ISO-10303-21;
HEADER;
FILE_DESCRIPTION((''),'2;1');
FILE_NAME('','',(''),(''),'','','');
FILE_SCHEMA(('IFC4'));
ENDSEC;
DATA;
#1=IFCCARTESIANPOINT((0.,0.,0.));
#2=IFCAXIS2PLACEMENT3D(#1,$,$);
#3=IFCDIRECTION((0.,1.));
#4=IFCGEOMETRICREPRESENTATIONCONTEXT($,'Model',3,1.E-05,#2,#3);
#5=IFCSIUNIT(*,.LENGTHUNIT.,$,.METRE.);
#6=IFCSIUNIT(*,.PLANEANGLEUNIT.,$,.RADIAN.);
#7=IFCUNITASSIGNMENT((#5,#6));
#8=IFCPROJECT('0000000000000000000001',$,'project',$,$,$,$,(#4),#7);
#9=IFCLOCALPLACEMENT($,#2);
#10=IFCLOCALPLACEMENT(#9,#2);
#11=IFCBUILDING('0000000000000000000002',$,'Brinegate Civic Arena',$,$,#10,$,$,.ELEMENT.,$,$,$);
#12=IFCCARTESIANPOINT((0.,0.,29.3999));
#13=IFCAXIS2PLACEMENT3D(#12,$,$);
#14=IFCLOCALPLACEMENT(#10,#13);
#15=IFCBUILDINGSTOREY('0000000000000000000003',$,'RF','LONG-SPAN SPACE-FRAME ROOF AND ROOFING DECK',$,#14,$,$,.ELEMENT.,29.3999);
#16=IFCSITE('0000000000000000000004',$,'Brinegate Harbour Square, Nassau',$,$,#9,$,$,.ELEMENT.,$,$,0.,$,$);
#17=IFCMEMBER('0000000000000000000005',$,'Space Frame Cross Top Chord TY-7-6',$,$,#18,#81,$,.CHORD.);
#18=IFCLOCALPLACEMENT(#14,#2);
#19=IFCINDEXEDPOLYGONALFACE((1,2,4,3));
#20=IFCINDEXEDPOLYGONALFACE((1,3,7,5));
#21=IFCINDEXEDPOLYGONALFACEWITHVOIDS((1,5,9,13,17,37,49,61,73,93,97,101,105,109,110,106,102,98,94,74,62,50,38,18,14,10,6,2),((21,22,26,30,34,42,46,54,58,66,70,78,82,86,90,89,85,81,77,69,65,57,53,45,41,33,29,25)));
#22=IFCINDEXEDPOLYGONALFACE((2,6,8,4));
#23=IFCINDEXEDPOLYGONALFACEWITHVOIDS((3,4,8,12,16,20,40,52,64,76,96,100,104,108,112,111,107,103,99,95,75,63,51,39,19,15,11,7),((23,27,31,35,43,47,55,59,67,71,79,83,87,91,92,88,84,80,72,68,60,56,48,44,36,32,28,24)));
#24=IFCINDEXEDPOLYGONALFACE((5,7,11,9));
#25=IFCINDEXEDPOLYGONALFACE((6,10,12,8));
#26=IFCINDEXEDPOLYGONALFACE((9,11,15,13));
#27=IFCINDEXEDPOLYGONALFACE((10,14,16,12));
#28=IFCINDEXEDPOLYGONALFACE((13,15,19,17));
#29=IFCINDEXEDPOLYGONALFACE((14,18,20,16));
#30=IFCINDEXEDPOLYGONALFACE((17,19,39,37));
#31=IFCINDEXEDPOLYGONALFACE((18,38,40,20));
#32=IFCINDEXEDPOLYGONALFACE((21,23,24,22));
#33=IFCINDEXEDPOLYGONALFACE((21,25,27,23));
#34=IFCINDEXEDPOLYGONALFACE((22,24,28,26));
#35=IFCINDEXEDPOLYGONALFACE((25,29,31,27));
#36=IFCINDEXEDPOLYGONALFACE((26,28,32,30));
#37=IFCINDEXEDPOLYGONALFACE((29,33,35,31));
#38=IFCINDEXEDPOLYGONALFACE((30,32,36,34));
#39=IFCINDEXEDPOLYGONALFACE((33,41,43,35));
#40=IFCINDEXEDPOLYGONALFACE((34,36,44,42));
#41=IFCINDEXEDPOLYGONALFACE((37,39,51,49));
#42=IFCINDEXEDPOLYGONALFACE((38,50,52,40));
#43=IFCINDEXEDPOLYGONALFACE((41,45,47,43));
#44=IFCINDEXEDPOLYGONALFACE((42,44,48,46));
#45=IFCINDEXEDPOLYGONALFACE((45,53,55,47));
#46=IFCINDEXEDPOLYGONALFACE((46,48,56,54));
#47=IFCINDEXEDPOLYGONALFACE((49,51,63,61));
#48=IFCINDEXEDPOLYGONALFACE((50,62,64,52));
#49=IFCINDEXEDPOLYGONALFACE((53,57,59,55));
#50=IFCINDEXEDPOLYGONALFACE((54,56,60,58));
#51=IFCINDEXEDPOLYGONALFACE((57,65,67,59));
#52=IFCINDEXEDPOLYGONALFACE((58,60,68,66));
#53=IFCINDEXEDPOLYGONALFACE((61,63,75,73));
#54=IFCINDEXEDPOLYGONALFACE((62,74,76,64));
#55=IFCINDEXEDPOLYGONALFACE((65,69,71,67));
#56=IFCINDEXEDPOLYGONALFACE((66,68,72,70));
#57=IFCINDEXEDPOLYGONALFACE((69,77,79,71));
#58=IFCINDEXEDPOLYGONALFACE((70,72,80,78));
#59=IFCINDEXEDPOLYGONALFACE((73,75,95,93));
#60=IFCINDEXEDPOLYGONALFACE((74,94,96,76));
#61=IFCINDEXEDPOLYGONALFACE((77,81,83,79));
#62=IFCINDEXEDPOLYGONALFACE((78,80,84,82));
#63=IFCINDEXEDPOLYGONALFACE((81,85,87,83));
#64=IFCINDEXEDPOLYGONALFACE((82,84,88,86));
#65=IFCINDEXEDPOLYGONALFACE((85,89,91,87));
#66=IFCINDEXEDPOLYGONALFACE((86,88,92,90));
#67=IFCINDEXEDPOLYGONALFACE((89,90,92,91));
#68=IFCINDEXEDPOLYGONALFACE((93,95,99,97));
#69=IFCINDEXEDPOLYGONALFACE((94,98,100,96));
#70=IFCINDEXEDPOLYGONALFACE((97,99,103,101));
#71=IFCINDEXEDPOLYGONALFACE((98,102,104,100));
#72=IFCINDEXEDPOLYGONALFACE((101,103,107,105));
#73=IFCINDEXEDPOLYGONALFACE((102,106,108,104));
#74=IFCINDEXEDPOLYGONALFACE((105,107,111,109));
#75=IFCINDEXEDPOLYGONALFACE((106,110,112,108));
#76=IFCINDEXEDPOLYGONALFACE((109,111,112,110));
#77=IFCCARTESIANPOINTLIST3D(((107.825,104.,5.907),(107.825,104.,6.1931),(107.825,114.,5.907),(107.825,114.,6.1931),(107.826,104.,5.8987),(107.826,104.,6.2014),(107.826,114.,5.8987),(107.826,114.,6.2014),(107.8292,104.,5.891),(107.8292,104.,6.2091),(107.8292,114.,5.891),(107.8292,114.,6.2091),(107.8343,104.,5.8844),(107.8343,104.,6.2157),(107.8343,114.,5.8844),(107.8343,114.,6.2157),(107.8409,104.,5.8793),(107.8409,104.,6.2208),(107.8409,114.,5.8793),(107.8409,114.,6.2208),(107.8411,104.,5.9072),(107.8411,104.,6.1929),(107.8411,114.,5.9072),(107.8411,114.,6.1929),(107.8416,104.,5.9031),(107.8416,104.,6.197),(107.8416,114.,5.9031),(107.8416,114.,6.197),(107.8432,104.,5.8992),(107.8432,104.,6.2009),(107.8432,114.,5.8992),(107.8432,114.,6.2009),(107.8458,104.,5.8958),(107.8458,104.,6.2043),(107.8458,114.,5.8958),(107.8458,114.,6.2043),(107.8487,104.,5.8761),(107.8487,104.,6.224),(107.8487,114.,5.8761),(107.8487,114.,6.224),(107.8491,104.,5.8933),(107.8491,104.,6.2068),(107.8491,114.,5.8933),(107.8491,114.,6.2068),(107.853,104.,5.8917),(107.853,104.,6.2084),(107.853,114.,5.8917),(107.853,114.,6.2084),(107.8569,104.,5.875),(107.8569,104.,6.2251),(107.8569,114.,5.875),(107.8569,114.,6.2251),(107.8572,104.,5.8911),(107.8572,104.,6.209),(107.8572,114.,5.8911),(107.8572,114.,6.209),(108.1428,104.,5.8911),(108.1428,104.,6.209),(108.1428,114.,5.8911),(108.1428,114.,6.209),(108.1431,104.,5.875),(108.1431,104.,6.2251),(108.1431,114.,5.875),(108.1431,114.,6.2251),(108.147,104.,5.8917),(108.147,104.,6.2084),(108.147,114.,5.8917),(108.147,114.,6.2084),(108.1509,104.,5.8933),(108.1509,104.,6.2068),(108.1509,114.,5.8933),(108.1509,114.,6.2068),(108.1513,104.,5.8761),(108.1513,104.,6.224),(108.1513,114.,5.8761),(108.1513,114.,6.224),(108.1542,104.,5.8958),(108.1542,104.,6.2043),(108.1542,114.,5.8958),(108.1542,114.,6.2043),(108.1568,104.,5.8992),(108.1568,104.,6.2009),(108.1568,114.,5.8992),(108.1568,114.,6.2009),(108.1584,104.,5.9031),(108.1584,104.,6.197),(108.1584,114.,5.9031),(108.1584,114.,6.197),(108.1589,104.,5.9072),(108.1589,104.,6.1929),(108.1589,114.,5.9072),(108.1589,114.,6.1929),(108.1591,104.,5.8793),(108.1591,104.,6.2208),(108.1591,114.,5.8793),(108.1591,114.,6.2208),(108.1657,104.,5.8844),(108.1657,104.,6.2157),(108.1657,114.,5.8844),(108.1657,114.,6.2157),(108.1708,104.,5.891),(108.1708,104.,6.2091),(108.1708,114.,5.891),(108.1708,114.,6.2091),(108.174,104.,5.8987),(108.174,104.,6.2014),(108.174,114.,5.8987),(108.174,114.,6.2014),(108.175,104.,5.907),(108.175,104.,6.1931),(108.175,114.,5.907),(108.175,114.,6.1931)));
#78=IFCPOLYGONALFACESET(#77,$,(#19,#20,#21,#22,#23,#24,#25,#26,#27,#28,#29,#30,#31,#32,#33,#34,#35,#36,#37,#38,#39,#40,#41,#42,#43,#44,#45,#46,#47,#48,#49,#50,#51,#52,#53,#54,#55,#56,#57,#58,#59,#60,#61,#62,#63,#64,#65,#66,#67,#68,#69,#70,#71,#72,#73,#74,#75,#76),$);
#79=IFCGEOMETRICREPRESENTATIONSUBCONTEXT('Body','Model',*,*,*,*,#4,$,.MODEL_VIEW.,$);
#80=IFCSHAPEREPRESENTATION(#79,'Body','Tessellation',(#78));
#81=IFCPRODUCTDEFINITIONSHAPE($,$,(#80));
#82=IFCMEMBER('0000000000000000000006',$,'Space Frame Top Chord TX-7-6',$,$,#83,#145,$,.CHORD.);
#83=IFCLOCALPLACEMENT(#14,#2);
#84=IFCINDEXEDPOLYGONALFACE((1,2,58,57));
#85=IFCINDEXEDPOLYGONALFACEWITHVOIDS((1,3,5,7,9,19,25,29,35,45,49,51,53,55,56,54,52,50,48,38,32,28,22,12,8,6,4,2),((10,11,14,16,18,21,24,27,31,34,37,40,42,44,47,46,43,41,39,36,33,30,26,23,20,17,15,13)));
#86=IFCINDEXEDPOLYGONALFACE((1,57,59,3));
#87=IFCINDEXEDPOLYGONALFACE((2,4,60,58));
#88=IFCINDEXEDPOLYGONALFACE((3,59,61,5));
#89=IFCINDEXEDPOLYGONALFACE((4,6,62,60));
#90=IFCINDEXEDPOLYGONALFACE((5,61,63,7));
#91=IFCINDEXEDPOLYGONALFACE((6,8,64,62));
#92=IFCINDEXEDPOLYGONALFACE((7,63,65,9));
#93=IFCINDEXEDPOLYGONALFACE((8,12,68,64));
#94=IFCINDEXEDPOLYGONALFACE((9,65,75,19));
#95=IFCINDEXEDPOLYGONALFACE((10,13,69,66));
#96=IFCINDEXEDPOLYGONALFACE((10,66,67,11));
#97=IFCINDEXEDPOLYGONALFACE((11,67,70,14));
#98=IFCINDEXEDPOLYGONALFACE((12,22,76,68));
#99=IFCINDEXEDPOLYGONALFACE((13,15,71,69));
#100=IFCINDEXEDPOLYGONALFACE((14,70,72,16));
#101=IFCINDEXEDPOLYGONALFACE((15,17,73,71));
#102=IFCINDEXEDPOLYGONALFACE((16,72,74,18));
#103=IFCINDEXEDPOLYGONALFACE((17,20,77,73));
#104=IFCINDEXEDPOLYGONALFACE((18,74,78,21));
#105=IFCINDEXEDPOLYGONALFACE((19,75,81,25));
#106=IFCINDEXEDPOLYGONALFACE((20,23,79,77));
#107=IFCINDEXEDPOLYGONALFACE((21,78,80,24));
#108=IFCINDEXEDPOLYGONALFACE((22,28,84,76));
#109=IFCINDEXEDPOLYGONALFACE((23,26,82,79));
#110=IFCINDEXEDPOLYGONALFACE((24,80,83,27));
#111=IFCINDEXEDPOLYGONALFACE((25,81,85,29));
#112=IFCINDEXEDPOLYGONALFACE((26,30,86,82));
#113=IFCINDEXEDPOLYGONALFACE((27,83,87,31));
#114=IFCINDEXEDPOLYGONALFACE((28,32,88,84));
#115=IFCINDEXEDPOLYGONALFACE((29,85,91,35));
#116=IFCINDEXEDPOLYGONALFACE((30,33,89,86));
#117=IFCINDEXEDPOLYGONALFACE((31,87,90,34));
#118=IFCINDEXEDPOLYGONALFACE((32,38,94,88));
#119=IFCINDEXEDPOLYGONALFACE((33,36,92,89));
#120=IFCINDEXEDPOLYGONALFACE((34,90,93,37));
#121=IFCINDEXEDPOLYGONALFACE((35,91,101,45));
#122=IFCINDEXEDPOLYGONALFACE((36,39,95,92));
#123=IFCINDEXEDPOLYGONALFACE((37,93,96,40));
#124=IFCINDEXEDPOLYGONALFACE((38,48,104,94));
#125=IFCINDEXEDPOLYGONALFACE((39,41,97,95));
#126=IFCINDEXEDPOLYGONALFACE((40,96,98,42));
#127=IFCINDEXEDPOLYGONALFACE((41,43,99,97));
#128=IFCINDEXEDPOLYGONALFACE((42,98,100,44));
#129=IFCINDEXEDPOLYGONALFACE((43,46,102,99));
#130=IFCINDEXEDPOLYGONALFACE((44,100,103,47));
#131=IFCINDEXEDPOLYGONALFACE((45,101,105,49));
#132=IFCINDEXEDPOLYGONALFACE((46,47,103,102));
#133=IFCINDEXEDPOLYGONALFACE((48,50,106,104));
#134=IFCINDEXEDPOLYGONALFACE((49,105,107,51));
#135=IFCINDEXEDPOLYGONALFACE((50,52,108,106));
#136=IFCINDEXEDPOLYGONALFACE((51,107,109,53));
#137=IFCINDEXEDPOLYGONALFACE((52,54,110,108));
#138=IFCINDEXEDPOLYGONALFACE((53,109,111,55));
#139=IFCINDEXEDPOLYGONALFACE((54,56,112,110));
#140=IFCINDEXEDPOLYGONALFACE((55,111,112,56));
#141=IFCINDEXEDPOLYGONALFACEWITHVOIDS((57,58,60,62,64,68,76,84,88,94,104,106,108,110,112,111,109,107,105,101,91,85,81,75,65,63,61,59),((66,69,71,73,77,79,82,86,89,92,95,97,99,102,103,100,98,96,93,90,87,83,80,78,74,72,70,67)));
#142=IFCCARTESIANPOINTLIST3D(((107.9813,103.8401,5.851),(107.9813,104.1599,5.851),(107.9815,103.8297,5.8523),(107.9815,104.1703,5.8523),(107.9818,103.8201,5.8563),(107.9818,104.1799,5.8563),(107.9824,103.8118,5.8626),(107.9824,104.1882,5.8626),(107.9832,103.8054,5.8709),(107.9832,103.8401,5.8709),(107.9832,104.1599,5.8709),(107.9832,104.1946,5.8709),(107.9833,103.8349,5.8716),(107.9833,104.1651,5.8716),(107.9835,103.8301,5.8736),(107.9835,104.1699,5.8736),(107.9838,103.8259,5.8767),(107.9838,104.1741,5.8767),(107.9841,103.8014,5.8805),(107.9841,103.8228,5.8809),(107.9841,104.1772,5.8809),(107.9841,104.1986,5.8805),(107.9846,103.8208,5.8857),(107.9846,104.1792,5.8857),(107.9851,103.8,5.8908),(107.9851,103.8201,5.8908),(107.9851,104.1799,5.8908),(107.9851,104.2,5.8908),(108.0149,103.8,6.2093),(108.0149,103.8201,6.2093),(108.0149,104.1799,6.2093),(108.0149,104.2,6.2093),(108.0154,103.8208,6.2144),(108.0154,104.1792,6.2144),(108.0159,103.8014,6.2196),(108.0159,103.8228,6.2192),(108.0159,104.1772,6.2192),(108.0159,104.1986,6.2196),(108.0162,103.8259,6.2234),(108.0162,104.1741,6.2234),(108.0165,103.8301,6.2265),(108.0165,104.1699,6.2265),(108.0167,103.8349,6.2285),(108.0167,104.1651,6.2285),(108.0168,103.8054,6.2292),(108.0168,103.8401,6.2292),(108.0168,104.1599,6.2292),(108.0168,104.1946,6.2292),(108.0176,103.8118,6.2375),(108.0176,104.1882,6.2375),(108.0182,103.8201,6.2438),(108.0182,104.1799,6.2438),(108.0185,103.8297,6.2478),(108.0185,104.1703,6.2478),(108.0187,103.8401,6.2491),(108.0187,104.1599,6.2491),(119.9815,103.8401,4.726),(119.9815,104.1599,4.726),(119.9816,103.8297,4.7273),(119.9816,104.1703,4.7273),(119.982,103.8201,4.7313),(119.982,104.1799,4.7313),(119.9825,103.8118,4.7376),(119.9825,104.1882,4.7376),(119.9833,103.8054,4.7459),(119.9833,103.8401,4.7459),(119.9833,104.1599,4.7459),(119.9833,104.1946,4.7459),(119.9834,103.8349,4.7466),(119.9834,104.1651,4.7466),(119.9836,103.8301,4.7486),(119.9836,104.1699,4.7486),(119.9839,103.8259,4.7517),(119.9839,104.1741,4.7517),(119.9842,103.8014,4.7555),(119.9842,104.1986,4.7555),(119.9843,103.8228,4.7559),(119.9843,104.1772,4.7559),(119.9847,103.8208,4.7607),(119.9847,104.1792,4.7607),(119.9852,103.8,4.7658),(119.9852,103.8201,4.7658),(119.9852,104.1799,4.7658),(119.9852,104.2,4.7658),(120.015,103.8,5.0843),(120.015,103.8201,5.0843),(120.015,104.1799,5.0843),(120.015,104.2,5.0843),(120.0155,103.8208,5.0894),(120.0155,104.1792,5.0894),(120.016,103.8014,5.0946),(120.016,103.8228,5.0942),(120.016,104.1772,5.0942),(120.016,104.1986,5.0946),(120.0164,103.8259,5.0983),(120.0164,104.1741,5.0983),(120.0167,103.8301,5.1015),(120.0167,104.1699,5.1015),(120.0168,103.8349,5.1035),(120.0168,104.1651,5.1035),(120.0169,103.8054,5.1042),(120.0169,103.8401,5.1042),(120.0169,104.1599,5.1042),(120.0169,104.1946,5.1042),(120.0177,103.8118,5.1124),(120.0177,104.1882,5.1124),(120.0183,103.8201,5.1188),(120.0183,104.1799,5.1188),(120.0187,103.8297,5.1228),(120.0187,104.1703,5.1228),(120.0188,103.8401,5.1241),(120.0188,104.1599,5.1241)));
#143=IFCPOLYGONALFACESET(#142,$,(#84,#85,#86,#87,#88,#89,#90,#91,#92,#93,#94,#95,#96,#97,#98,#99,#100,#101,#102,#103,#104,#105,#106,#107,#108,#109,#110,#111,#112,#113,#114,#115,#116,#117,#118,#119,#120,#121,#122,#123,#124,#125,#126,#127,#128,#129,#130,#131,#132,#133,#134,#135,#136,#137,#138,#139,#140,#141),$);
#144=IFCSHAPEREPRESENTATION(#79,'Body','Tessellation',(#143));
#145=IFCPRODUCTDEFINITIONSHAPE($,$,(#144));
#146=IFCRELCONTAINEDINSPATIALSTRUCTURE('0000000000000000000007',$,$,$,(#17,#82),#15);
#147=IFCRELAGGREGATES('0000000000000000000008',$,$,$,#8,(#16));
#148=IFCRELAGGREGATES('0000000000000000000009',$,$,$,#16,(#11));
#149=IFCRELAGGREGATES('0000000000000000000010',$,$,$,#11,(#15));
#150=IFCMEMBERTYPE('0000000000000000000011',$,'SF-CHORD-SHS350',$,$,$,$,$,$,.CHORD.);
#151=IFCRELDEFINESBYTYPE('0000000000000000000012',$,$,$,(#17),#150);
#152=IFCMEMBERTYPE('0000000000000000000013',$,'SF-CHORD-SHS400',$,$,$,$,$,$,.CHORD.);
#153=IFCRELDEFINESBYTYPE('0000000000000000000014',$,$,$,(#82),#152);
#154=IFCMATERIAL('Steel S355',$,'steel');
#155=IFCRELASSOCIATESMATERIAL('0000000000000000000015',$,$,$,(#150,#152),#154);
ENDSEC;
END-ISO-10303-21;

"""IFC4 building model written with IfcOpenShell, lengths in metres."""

from ifc_helpers import new_model, si_unit, direction, frame, origin, origin_2d, place, context, subcontext, project, spatial, hollow_rectangle, extrude, material, material_profile, profile_set, type_object, element, save


model = new_model("IFC4")

# Units and contexts
model_context = context("Model", 3, precision=1e-05, world=origin(), true_north=direction((0.0, 1.0)))
body_context = subcontext(model_context, "Body", "Model", "MODEL_VIEW")
ifc_project = project(units=[si_unit("LENGTHUNIT", "METRE"), si_unit("PLANEANGLEUNIT", "RADIAN")], contexts=[model_context])

# Site, building, storey
site_placement = place(None, origin())
site = spatial("IfcSite", under=ifc_project, at=site_placement, Name="Brinegate Harbour Square, Nassau", CompositionType="ELEMENT", RefElevation=0.0)
building_placement = place(site_placement, origin())
building = spatial("IfcBuilding", under=site, at=building_placement, Name="Brinegate Civic Arena", CompositionType="ELEMENT")
storey_placement = place(building_placement, frame((0.0, 0.0, 29.3999)))
storey = spatial("IfcBuildingStorey", under=building, at=storey_placement, Name="RF", Description="LONG-SPAN SPACE-FRAME ROOF AND ROOFING DECK", CompositionType="ELEMENT", Elevation=29.3999)

# Shared definitions
ifc_material_1 = material(Name="Steel S355", Category="steel")

# Members
ifc_material_profile_1 = material_profile(ifc_material_1, hollow_rectangle(XDim=0.3501, YDim=0.3501, WallThickness=0.0161, InnerFilletRadius=0.0161, OuterFilletRadius=0.032, at=origin_2d()), Name="SHS350X16")
ifc_profile_set_1 = profile_set([ifc_material_profile_1], Name="Steel S355")
member_type_1 = type_object("IfcMemberType", Name="SF-CHORD-SHS350", PredefinedType="CHORD", material=ifc_profile_set_1)
for number, where, z_axis, x_axis, name in (
    (1, (108.0, 104.0, 6.05), (0.0, 1.0, 0.0), (-1.0, 0.0, 0.0), "Space Frame Cross Top Chord TY-7-6"),
):
    element("IfcMember", number, at=place(storey_placement, frame(where, z_axis=z_axis, x_axis=x_axis)), inside=storey, type_object=member_type_1, Name=name, PredefinedType="CHORD", context=body_context, shape_type="SweptSolid", body=[
        extrude(hollow_rectangle(XDim=0.3501, YDim=0.3501, WallThickness=0.0161, InnerFilletRadius=0.0161, OuterFilletRadius=0.032, at=origin_2d()), origin(), (0.0, 0.0, 1.0), 10.0),
    ])
ifc_material_profile_2 = material_profile(ifc_material_1, hollow_rectangle(XDim=0.3999, YDim=0.3999, WallThickness=0.02, InnerFilletRadius=0.02, OuterFilletRadius=0.04, at=origin_2d()), Name="SHS400X20")
ifc_profile_set_2 = profile_set([ifc_material_profile_2], Name="Steel S355")
member_type_2 = type_object("IfcMemberType", Name="SF-CHORD-SHS400", PredefinedType="CHORD", material=ifc_profile_set_2)
member_1_placement = place(storey_placement, frame((108.0, 104.0, 6.05), z_axis=(0.995634, 0.0, -0.093341), x_axis=(0.0, 1.0, 0.0)))
element("IfcMember", 2, at=member_1_placement, inside=storey, type_object=member_type_2, Name="Space Frame Top Chord TX-7-6", PredefinedType="CHORD", context=body_context, shape_type="SweptSolid", body=[
    extrude(hollow_rectangle(XDim=0.3999, YDim=0.3999, WallThickness=0.02, InnerFilletRadius=0.02, OuterFilletRadius=0.04, at=origin_2d()), origin(), (0.0, 0.0, 1.0), 12.0527),
])

save(model, "model.ifc")
